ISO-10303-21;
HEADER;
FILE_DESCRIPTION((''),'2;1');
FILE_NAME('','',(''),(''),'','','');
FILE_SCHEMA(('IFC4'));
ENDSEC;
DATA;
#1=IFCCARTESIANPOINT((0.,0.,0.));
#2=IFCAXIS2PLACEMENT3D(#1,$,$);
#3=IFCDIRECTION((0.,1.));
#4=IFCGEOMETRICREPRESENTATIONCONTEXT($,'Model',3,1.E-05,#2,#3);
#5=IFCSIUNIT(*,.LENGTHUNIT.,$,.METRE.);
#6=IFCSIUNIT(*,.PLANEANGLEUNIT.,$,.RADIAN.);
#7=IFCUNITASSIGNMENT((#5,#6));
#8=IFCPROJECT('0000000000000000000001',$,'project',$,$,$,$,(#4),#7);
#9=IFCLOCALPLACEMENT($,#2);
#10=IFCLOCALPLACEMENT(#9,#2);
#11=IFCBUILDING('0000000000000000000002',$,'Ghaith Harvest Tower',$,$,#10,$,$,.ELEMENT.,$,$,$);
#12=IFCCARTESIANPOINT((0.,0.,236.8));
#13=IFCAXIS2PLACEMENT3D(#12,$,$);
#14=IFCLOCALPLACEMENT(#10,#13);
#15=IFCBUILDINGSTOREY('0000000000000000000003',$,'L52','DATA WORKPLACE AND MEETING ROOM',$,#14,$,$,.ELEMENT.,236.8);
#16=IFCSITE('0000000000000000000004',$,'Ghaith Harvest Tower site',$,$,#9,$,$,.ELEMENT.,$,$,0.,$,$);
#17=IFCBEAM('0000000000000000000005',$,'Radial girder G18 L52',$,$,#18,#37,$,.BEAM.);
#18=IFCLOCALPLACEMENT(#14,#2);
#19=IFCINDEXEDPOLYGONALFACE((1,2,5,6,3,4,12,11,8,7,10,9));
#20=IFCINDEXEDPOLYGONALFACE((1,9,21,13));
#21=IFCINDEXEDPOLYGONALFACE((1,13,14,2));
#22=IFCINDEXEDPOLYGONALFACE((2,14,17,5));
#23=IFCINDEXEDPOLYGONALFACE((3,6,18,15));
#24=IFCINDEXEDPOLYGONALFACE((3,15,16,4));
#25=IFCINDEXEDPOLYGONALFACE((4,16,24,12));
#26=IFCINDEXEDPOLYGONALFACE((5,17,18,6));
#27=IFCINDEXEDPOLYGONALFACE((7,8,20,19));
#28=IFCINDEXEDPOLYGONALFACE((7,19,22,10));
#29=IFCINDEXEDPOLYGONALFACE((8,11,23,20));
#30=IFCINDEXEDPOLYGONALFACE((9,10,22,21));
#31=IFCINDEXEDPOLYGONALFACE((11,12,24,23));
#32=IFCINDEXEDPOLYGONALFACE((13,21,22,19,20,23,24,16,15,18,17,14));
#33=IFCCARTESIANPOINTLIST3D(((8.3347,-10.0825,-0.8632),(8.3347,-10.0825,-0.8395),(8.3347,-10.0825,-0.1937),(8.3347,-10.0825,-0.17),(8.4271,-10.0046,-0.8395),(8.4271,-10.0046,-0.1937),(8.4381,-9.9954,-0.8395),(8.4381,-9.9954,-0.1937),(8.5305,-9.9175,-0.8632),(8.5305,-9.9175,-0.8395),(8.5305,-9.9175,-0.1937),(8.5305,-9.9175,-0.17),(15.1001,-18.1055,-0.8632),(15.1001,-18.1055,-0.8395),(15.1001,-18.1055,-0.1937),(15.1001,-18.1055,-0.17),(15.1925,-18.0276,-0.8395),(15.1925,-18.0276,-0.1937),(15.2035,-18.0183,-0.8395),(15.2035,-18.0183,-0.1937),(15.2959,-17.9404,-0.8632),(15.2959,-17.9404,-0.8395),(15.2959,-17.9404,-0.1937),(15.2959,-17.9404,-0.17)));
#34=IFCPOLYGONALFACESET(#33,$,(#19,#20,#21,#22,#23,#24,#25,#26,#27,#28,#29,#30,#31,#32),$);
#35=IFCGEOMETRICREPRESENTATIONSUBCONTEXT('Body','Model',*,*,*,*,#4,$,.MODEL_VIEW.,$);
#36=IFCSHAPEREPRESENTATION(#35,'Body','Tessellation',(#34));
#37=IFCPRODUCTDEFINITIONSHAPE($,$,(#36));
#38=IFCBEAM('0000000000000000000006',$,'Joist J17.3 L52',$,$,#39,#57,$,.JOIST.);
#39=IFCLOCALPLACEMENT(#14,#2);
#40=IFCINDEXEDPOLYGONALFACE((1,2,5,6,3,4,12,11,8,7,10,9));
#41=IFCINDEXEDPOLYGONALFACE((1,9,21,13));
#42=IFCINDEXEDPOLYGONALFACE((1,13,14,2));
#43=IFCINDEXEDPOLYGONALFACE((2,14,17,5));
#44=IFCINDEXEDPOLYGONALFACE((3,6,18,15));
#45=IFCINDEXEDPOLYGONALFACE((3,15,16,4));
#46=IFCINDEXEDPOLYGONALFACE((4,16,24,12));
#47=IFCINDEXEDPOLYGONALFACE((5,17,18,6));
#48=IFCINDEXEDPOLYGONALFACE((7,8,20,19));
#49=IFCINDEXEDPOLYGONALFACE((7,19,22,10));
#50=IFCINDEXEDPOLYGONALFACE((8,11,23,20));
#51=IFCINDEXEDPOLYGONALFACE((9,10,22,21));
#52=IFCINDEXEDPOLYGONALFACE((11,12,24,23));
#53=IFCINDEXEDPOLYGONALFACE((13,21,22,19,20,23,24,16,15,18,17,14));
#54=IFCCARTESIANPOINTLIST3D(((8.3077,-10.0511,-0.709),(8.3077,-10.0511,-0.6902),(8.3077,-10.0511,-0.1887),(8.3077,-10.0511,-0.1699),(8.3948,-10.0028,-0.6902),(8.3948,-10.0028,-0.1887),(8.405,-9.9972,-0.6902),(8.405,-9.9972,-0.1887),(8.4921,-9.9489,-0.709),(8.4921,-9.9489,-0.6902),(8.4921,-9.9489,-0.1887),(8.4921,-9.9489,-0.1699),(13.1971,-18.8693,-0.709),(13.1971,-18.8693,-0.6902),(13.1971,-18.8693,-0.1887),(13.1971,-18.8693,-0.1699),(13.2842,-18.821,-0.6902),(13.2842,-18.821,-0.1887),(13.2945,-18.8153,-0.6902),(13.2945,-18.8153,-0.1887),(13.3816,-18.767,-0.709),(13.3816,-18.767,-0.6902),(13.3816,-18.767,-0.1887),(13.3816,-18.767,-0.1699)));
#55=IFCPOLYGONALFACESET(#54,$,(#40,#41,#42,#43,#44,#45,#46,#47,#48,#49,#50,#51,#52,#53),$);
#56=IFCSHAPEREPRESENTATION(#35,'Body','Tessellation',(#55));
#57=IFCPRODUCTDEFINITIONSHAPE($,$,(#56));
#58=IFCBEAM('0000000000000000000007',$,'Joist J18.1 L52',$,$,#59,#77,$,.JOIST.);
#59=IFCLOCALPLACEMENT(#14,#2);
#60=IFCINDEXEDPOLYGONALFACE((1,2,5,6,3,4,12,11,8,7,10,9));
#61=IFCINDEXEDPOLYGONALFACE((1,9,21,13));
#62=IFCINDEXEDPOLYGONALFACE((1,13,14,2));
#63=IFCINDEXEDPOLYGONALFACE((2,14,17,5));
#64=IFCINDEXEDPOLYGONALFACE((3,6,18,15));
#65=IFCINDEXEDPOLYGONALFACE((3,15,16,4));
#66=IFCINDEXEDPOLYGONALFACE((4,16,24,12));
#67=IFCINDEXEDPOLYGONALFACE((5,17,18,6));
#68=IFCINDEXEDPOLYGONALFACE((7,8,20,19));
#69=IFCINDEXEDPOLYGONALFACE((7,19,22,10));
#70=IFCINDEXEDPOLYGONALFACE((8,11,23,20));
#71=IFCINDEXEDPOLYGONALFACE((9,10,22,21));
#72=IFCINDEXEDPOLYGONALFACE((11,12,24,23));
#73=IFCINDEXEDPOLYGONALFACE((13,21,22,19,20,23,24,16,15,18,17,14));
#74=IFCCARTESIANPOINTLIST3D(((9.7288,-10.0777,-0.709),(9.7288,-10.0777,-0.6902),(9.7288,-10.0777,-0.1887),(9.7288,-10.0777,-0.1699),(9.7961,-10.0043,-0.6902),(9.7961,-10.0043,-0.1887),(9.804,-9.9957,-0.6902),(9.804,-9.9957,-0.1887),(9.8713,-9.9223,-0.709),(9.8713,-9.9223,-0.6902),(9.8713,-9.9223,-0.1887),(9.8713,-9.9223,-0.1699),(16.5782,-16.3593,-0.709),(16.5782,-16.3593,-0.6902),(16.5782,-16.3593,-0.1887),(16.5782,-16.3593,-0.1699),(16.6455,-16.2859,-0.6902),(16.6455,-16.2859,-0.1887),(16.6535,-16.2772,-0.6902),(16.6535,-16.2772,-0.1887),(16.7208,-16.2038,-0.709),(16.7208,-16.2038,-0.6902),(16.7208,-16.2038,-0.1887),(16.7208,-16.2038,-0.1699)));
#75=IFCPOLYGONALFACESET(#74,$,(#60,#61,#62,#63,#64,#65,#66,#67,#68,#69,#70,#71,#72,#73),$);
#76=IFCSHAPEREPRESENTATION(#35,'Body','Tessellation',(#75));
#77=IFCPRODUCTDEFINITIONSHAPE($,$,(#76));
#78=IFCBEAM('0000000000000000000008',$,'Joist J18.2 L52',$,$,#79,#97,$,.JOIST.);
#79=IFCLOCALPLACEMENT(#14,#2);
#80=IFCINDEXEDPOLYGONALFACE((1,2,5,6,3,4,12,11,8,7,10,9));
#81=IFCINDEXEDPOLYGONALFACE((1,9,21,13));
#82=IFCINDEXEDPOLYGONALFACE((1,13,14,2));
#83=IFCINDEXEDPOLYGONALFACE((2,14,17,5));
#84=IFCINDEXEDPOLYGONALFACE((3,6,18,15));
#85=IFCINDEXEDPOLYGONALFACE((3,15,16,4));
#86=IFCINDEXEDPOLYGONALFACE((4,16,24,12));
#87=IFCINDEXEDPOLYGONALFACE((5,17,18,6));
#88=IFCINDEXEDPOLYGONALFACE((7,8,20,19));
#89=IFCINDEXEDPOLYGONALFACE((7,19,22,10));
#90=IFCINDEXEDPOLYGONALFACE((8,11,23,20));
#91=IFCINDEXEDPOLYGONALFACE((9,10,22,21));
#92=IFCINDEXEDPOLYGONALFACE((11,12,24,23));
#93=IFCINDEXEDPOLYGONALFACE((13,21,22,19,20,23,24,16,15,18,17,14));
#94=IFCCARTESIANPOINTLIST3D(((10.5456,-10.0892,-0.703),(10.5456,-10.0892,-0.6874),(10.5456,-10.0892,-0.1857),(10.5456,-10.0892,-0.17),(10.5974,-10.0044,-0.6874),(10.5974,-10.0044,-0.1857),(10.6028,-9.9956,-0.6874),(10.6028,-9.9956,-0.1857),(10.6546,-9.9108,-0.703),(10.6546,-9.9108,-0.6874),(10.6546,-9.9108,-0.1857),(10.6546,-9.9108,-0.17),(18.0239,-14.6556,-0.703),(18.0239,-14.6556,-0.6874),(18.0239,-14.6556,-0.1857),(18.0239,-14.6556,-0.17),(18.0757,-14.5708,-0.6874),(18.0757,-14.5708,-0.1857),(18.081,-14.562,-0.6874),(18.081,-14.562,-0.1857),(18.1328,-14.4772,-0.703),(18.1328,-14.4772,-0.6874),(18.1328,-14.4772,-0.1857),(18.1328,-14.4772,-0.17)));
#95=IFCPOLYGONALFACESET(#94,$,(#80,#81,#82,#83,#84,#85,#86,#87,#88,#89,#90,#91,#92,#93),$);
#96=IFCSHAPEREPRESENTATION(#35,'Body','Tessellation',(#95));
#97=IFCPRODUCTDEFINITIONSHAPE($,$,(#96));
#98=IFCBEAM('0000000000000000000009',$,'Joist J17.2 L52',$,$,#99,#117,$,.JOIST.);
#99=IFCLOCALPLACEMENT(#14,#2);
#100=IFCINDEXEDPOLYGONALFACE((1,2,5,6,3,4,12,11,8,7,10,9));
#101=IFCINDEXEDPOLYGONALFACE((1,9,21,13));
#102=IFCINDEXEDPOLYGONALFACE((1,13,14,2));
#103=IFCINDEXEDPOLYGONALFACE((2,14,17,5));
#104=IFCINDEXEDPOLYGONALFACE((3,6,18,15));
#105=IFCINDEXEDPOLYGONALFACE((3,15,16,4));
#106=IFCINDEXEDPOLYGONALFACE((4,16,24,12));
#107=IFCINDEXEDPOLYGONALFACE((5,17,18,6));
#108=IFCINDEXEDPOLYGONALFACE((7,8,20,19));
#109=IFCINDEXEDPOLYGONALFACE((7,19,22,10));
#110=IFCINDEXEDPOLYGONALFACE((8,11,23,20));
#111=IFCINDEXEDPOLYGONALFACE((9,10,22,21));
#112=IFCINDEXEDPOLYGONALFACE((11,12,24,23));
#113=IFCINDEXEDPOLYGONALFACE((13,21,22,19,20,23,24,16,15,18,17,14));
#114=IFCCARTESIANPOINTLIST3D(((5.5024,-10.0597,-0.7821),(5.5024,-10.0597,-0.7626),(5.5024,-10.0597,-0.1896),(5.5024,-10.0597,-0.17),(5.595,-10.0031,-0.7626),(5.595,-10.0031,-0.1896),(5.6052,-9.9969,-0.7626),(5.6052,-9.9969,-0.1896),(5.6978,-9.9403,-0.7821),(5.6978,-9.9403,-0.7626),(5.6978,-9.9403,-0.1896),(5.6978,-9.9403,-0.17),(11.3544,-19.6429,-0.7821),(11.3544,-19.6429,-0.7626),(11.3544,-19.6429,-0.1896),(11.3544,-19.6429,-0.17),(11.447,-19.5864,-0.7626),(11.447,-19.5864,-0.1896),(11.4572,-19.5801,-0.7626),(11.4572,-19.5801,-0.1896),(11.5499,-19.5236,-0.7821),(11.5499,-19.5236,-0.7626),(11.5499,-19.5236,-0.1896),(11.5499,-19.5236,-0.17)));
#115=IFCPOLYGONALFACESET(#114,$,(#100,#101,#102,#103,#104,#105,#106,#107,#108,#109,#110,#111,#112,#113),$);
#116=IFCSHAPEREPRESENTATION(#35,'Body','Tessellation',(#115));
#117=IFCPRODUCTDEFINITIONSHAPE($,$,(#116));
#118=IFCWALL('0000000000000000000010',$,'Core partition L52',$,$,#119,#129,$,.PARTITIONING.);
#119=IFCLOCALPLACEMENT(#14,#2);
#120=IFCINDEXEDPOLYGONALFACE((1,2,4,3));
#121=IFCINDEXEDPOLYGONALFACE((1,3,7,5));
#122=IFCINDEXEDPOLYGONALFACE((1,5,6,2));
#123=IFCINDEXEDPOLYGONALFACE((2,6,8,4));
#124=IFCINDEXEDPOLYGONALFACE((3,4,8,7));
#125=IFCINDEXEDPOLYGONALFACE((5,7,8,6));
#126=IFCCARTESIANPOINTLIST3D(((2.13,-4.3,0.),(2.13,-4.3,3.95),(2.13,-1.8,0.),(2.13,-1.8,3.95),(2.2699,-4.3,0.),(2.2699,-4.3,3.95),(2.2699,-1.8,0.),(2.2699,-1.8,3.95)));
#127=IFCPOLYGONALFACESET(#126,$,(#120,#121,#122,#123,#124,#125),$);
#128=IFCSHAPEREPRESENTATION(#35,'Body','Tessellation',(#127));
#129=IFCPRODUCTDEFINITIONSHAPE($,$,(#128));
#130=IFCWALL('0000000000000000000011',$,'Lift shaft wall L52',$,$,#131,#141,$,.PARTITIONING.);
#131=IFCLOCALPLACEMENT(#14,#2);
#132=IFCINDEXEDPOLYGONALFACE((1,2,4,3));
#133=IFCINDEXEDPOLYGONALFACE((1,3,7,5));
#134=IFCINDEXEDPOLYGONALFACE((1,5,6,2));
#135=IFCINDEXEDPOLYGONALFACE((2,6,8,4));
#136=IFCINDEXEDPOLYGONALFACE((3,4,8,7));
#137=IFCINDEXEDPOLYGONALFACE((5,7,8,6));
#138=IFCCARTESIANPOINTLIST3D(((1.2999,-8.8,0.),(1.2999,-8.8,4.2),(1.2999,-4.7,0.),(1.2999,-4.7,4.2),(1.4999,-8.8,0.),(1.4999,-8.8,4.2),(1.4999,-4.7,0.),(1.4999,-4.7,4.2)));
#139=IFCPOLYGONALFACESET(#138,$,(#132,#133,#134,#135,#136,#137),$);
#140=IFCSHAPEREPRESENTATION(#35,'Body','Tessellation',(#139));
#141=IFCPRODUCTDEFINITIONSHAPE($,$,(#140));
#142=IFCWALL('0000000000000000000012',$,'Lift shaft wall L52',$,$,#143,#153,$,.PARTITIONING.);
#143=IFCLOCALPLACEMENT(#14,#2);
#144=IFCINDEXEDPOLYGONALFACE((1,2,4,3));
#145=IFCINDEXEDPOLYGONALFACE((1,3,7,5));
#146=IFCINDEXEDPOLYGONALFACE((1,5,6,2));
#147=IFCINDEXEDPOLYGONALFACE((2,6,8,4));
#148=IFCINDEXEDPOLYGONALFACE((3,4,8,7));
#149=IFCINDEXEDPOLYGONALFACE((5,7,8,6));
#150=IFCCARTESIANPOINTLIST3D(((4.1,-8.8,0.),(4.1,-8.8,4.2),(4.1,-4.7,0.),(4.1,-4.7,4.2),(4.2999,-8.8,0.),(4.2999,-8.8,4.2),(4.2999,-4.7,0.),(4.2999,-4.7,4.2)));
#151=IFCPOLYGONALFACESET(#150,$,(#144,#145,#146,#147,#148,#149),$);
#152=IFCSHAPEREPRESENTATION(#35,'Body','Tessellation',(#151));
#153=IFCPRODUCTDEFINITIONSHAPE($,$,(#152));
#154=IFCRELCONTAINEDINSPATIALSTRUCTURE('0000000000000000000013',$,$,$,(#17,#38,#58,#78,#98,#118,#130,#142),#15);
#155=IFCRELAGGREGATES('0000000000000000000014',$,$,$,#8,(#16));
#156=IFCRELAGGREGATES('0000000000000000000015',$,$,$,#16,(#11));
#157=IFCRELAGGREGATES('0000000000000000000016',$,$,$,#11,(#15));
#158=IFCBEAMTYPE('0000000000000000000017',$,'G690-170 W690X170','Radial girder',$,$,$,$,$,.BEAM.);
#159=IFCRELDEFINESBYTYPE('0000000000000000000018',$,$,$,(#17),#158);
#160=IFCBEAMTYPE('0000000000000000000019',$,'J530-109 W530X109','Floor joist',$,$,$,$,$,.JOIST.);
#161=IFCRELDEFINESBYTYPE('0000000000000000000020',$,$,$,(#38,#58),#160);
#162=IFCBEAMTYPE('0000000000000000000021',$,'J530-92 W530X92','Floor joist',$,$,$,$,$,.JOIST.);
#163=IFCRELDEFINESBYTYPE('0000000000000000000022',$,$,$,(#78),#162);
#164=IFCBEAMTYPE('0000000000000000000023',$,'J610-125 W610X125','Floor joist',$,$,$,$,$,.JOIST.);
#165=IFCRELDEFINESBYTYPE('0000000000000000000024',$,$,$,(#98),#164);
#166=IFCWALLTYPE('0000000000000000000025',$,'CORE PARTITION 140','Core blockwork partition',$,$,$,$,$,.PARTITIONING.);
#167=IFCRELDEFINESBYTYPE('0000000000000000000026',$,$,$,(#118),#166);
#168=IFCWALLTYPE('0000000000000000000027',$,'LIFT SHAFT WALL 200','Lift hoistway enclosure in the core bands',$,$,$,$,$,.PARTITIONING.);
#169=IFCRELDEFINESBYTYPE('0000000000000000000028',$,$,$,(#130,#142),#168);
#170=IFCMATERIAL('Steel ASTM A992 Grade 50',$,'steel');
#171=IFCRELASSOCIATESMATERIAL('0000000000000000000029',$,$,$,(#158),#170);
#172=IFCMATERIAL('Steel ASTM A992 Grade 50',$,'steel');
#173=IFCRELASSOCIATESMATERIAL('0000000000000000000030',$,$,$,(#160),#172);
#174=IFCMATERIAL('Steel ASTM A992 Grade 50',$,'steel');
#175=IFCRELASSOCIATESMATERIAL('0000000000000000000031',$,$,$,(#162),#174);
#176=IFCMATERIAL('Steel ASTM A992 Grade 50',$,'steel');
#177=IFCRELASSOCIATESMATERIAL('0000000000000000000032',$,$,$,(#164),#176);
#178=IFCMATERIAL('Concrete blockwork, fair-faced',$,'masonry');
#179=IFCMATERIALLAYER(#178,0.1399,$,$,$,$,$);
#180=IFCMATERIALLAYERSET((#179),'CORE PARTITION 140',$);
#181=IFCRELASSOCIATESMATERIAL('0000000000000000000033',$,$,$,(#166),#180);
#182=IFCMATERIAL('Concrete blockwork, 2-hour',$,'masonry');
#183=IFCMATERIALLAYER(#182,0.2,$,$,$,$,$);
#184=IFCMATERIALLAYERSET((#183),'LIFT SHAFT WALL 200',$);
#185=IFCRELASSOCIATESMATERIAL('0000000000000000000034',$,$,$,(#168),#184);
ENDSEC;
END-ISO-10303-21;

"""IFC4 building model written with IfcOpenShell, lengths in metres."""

from ifc_helpers import new_model, si_unit, direction, frame, frame_2d, origin, origin_2d, place, context, subcontext, project, spatial, rectangle, i_section, extrude, material, layer, layer_set, material_profile, profile_set, type_object, element, save


model = new_model("IFC4")

# Units and contexts
model_context = context("Model", 3, precision=1e-05, world=origin(), true_north=direction((0.0, 1.0)))
body_context = subcontext(model_context, "Body", "Model", "MODEL_VIEW")
ifc_project = project(units=[si_unit("LENGTHUNIT", "METRE"), si_unit("PLANEANGLEUNIT", "RADIAN")], contexts=[model_context])

# Site, building, storey
site_placement = place(None, origin())
site = spatial("IfcSite", under=ifc_project, at=site_placement, Name="Ghaith Harvest Tower site", CompositionType="ELEMENT", RefElevation=0.0)
building_placement = place(site_placement, origin())
building = spatial("IfcBuilding", under=site, at=building_placement, Name="Ghaith Harvest Tower", CompositionType="ELEMENT")
storey_placement = place(building_placement, frame((0.0, 0.0, 236.8)))
storey = spatial("IfcBuildingStorey", under=building, at=storey_placement, Name="L52", Description="DATA WORKPLACE AND MEETING ROOM", CompositionType="ELEMENT", Elevation=236.8)

# Beams
ifc_material_1 = material(Name="Steel ASTM A992 Grade 50", Category="steel")
ifc_material_profile_1 = material_profile(ifc_material_1, i_section(OverallWidth=0.2561, OverallDepth=0.6931, WebThickness=0.0144, FlangeThickness=0.0237, at=origin_2d()), Name="W690X170")
ifc_profile_set_1 = profile_set([ifc_material_profile_1], Name="Steel ASTM A992 Grade 50")
beam_type_1 = type_object("IfcBeamType", Name="G690-170 W690X170", Description="Radial girder", PredefinedType="BEAM", material=ifc_profile_set_1)
beam_1_placement = place(storey_placement, frame((8.4326, -10.0, -0.5166), z_axis=(0.644649, -0.764478, 0.0), x_axis=(0.764478, 0.644649, 0.0)))
element("IfcBeam", 1, at=beam_1_placement, inside=storey, type_object=beam_type_1, Name="Radial girder G18 L52", PredefinedType="BEAM", context=body_context, shape_type="SweptSolid", body=[
    extrude(i_section(OverallWidth=0.2561, OverallDepth=0.6931, WebThickness=0.0144, FlangeThickness=0.0237, at=origin_2d()), origin(), (0.0, 0.0, 1.0), 10.4946),
])
ifc_material_2 = material(Name="Steel ASTM A992 Grade 50", Category="steel")
ifc_material_profile_2 = material_profile(ifc_material_2, i_section(OverallWidth=0.2109, OverallDepth=0.5391, WebThickness=0.0117, FlangeThickness=0.0188, at=origin_2d()), Name="W530X109")
ifc_profile_set_2 = profile_set([ifc_material_profile_2], Name="Steel ASTM A992 Grade 50")
beam_type_2 = type_object("IfcBeamType", Name="J530-109 W530X109", Description="Floor joist", PredefinedType="JOIST", material=ifc_profile_set_2)
beam_2_placement = place(storey_placement, frame((8.3999, -10.0, -0.4395), z_axis=(0.484919, -0.874559, 0.0), x_axis=(0.874559, 0.484919, 0.0)))
element("IfcBeam", 2, at=beam_2_placement, inside=storey, type_object=beam_type_2, Name="Joist J17.3 L52", PredefinedType="JOIST", context=body_context, shape_type="SweptSolid", body=[
    extrude(i_section(OverallWidth=0.2109, OverallDepth=0.5391, WebThickness=0.0117, FlangeThickness=0.0188, at=origin_2d()), origin(), (0.0, 0.0, 1.0), 10.083),
])
beam_3_placement = place(storey_placement, frame((9.8, -10.0, -0.4395), z_axis=(0.736998, -0.675895, 0.0), x_axis=(0.675895, 0.736998, 0.0)))
element("IfcBeam", 3, at=beam_3_placement, inside=storey, type_object=beam_type_2, Name="Joist J18.1 L52", PredefinedType="JOIST", context=body_context, shape_type="SweptSolid", body=[
    extrude(i_section(OverallWidth=0.2109, OverallDepth=0.5391, WebThickness=0.0117, FlangeThickness=0.0188, at=origin_2d()), origin(), (0.0, 0.0, 1.0), 9.2937),
])
ifc_material_3 = material(Name="Steel ASTM A992 Grade 50", Category="steel")
ifc_material_profile_3 = material_profile(ifc_material_3, i_section(OverallWidth=0.209, OverallDepth=0.533, WebThickness=0.0103, FlangeThickness=0.0156, at=origin_2d()), Name="W530X92")
ifc_profile_set_3 = profile_set([ifc_material_profile_3], Name="Steel ASTM A992 Grade 50")
beam_type_3 = type_object("IfcBeamType", Name="J530-92 W530X92", Description="Floor joist", PredefinedType="JOIST", material=ifc_profile_set_3)
beam_4_placement = place(storey_placement, frame((10.6001, -10.0, -0.4365), z_axis=(0.853467, -0.521147, 0.0), x_axis=(0.521147, 0.853467, 0.0)))
element("IfcBeam", 4, at=beam_4_placement, inside=storey, type_object=beam_type_3, Name="Joist J18.2 L52", PredefinedType="JOIST", context=body_context, shape_type="SweptSolid", body=[
    extrude(i_section(OverallWidth=0.209, OverallDepth=0.533, WebThickness=0.0103, FlangeThickness=0.0156, at=origin_2d()), origin(), (0.0, 0.0, 1.0), 8.7622),
])
ifc_material_4 = material(Name="Steel ASTM A992 Grade 50", Category="steel")
ifc_material_profile_4 = material_profile(ifc_material_4, i_section(OverallWidth=0.229, OverallDepth=0.6121, WebThickness=0.012, FlangeThickness=0.0195, at=origin_2d()), Name="W610X125")
ifc_profile_set_4 = profile_set([ifc_material_profile_4], Name="Steel ASTM A992 Grade 50")
beam_type_4 = type_object("IfcBeamType", Name="J610-125 W610X125", Description="Floor joist", PredefinedType="JOIST", material=ifc_profile_set_4)
beam_5_placement = place(storey_placement, frame((5.6001, -10.0, -0.4761), z_axis=(0.521166, -0.853455, 0.0), x_axis=(0.853455, 0.521166, 0.0)))
element("IfcBeam", 5, at=beam_5_placement, inside=storey, type_object=beam_type_4, Name="Joist J17.2 L52", PredefinedType="JOIST", context=body_context, shape_type="SweptSolid", body=[
    extrude(i_section(OverallWidth=0.229, OverallDepth=0.6121, WebThickness=0.012, FlangeThickness=0.0195, at=origin_2d()), origin(), (0.0, 0.0, 1.0), 11.2288),
])

# Walls
ifc_material_5 = material(Name="Concrete blockwork, fair-faced", Category="masonry")
ifc_layer_1 = layer(ifc_material_5, 0.1399)
ifc_layer_set_1 = layer_set([ifc_layer_1], Name="CORE PARTITION 140")
wall_type_1 = type_object("IfcWallType", Name="CORE PARTITION 140", Description="Core blockwork partition", PredefinedType="PARTITIONING", material=ifc_layer_set_1)
wall_1_placement = place(storey_placement, frame((2.2, -1.8, 0.0), z_axis=(0.0, 0.0, 1.0), x_axis=(0.0, -1.0, 0.0)))
element("IfcWall", 6, at=wall_1_placement, inside=storey, type_object=wall_type_1, Name="Core partition L52", PredefinedType="PARTITIONING", context=body_context, shape_type="SweptSolid", body=[
    extrude(rectangle(XDim=2.5, YDim=0.1399, at=frame_2d((1.25, 0.0))), origin(), (0.0, 0.0, 1.0), 3.95),
])
ifc_material_6 = material(Name="Concrete blockwork, 2-hour", Category="masonry")
ifc_layer_2 = layer(ifc_material_6, 0.2)
ifc_layer_set_2 = layer_set([ifc_layer_2], Name="LIFT SHAFT WALL 200")
wall_type_2 = type_object("IfcWallType", Name="LIFT SHAFT WALL 200", Description="Lift hoistway enclosure in the core bands", PredefinedType="PARTITIONING", material=ifc_layer_set_2)
for number, where, z_axis, x_axis, name in (
    (7, (1.3999, -4.7, 0.0), (0.0, 0.0, 1.0), (0.0, -1.0, 0.0), "Lift shaft wall L52"),
    (8, (4.2, -4.7, 0.0), (0.0, 0.0, 1.0), (0.0, -1.0, 0.0), "Lift shaft wall L52"),
):
    element("IfcWall", number, at=place(storey_placement, frame(where, z_axis=z_axis, x_axis=x_axis)), inside=storey, type_object=wall_type_2, Name=name, PredefinedType="PARTITIONING", context=body_context, shape_type="SweptSolid", body=[
        extrude(rectangle(XDim=4.1001, YDim=0.2, at=frame_2d((2.05, 0.0))), origin(), (0.0, 0.0, 1.0), 4.2),
    ])

save(model, "model.ifc")
